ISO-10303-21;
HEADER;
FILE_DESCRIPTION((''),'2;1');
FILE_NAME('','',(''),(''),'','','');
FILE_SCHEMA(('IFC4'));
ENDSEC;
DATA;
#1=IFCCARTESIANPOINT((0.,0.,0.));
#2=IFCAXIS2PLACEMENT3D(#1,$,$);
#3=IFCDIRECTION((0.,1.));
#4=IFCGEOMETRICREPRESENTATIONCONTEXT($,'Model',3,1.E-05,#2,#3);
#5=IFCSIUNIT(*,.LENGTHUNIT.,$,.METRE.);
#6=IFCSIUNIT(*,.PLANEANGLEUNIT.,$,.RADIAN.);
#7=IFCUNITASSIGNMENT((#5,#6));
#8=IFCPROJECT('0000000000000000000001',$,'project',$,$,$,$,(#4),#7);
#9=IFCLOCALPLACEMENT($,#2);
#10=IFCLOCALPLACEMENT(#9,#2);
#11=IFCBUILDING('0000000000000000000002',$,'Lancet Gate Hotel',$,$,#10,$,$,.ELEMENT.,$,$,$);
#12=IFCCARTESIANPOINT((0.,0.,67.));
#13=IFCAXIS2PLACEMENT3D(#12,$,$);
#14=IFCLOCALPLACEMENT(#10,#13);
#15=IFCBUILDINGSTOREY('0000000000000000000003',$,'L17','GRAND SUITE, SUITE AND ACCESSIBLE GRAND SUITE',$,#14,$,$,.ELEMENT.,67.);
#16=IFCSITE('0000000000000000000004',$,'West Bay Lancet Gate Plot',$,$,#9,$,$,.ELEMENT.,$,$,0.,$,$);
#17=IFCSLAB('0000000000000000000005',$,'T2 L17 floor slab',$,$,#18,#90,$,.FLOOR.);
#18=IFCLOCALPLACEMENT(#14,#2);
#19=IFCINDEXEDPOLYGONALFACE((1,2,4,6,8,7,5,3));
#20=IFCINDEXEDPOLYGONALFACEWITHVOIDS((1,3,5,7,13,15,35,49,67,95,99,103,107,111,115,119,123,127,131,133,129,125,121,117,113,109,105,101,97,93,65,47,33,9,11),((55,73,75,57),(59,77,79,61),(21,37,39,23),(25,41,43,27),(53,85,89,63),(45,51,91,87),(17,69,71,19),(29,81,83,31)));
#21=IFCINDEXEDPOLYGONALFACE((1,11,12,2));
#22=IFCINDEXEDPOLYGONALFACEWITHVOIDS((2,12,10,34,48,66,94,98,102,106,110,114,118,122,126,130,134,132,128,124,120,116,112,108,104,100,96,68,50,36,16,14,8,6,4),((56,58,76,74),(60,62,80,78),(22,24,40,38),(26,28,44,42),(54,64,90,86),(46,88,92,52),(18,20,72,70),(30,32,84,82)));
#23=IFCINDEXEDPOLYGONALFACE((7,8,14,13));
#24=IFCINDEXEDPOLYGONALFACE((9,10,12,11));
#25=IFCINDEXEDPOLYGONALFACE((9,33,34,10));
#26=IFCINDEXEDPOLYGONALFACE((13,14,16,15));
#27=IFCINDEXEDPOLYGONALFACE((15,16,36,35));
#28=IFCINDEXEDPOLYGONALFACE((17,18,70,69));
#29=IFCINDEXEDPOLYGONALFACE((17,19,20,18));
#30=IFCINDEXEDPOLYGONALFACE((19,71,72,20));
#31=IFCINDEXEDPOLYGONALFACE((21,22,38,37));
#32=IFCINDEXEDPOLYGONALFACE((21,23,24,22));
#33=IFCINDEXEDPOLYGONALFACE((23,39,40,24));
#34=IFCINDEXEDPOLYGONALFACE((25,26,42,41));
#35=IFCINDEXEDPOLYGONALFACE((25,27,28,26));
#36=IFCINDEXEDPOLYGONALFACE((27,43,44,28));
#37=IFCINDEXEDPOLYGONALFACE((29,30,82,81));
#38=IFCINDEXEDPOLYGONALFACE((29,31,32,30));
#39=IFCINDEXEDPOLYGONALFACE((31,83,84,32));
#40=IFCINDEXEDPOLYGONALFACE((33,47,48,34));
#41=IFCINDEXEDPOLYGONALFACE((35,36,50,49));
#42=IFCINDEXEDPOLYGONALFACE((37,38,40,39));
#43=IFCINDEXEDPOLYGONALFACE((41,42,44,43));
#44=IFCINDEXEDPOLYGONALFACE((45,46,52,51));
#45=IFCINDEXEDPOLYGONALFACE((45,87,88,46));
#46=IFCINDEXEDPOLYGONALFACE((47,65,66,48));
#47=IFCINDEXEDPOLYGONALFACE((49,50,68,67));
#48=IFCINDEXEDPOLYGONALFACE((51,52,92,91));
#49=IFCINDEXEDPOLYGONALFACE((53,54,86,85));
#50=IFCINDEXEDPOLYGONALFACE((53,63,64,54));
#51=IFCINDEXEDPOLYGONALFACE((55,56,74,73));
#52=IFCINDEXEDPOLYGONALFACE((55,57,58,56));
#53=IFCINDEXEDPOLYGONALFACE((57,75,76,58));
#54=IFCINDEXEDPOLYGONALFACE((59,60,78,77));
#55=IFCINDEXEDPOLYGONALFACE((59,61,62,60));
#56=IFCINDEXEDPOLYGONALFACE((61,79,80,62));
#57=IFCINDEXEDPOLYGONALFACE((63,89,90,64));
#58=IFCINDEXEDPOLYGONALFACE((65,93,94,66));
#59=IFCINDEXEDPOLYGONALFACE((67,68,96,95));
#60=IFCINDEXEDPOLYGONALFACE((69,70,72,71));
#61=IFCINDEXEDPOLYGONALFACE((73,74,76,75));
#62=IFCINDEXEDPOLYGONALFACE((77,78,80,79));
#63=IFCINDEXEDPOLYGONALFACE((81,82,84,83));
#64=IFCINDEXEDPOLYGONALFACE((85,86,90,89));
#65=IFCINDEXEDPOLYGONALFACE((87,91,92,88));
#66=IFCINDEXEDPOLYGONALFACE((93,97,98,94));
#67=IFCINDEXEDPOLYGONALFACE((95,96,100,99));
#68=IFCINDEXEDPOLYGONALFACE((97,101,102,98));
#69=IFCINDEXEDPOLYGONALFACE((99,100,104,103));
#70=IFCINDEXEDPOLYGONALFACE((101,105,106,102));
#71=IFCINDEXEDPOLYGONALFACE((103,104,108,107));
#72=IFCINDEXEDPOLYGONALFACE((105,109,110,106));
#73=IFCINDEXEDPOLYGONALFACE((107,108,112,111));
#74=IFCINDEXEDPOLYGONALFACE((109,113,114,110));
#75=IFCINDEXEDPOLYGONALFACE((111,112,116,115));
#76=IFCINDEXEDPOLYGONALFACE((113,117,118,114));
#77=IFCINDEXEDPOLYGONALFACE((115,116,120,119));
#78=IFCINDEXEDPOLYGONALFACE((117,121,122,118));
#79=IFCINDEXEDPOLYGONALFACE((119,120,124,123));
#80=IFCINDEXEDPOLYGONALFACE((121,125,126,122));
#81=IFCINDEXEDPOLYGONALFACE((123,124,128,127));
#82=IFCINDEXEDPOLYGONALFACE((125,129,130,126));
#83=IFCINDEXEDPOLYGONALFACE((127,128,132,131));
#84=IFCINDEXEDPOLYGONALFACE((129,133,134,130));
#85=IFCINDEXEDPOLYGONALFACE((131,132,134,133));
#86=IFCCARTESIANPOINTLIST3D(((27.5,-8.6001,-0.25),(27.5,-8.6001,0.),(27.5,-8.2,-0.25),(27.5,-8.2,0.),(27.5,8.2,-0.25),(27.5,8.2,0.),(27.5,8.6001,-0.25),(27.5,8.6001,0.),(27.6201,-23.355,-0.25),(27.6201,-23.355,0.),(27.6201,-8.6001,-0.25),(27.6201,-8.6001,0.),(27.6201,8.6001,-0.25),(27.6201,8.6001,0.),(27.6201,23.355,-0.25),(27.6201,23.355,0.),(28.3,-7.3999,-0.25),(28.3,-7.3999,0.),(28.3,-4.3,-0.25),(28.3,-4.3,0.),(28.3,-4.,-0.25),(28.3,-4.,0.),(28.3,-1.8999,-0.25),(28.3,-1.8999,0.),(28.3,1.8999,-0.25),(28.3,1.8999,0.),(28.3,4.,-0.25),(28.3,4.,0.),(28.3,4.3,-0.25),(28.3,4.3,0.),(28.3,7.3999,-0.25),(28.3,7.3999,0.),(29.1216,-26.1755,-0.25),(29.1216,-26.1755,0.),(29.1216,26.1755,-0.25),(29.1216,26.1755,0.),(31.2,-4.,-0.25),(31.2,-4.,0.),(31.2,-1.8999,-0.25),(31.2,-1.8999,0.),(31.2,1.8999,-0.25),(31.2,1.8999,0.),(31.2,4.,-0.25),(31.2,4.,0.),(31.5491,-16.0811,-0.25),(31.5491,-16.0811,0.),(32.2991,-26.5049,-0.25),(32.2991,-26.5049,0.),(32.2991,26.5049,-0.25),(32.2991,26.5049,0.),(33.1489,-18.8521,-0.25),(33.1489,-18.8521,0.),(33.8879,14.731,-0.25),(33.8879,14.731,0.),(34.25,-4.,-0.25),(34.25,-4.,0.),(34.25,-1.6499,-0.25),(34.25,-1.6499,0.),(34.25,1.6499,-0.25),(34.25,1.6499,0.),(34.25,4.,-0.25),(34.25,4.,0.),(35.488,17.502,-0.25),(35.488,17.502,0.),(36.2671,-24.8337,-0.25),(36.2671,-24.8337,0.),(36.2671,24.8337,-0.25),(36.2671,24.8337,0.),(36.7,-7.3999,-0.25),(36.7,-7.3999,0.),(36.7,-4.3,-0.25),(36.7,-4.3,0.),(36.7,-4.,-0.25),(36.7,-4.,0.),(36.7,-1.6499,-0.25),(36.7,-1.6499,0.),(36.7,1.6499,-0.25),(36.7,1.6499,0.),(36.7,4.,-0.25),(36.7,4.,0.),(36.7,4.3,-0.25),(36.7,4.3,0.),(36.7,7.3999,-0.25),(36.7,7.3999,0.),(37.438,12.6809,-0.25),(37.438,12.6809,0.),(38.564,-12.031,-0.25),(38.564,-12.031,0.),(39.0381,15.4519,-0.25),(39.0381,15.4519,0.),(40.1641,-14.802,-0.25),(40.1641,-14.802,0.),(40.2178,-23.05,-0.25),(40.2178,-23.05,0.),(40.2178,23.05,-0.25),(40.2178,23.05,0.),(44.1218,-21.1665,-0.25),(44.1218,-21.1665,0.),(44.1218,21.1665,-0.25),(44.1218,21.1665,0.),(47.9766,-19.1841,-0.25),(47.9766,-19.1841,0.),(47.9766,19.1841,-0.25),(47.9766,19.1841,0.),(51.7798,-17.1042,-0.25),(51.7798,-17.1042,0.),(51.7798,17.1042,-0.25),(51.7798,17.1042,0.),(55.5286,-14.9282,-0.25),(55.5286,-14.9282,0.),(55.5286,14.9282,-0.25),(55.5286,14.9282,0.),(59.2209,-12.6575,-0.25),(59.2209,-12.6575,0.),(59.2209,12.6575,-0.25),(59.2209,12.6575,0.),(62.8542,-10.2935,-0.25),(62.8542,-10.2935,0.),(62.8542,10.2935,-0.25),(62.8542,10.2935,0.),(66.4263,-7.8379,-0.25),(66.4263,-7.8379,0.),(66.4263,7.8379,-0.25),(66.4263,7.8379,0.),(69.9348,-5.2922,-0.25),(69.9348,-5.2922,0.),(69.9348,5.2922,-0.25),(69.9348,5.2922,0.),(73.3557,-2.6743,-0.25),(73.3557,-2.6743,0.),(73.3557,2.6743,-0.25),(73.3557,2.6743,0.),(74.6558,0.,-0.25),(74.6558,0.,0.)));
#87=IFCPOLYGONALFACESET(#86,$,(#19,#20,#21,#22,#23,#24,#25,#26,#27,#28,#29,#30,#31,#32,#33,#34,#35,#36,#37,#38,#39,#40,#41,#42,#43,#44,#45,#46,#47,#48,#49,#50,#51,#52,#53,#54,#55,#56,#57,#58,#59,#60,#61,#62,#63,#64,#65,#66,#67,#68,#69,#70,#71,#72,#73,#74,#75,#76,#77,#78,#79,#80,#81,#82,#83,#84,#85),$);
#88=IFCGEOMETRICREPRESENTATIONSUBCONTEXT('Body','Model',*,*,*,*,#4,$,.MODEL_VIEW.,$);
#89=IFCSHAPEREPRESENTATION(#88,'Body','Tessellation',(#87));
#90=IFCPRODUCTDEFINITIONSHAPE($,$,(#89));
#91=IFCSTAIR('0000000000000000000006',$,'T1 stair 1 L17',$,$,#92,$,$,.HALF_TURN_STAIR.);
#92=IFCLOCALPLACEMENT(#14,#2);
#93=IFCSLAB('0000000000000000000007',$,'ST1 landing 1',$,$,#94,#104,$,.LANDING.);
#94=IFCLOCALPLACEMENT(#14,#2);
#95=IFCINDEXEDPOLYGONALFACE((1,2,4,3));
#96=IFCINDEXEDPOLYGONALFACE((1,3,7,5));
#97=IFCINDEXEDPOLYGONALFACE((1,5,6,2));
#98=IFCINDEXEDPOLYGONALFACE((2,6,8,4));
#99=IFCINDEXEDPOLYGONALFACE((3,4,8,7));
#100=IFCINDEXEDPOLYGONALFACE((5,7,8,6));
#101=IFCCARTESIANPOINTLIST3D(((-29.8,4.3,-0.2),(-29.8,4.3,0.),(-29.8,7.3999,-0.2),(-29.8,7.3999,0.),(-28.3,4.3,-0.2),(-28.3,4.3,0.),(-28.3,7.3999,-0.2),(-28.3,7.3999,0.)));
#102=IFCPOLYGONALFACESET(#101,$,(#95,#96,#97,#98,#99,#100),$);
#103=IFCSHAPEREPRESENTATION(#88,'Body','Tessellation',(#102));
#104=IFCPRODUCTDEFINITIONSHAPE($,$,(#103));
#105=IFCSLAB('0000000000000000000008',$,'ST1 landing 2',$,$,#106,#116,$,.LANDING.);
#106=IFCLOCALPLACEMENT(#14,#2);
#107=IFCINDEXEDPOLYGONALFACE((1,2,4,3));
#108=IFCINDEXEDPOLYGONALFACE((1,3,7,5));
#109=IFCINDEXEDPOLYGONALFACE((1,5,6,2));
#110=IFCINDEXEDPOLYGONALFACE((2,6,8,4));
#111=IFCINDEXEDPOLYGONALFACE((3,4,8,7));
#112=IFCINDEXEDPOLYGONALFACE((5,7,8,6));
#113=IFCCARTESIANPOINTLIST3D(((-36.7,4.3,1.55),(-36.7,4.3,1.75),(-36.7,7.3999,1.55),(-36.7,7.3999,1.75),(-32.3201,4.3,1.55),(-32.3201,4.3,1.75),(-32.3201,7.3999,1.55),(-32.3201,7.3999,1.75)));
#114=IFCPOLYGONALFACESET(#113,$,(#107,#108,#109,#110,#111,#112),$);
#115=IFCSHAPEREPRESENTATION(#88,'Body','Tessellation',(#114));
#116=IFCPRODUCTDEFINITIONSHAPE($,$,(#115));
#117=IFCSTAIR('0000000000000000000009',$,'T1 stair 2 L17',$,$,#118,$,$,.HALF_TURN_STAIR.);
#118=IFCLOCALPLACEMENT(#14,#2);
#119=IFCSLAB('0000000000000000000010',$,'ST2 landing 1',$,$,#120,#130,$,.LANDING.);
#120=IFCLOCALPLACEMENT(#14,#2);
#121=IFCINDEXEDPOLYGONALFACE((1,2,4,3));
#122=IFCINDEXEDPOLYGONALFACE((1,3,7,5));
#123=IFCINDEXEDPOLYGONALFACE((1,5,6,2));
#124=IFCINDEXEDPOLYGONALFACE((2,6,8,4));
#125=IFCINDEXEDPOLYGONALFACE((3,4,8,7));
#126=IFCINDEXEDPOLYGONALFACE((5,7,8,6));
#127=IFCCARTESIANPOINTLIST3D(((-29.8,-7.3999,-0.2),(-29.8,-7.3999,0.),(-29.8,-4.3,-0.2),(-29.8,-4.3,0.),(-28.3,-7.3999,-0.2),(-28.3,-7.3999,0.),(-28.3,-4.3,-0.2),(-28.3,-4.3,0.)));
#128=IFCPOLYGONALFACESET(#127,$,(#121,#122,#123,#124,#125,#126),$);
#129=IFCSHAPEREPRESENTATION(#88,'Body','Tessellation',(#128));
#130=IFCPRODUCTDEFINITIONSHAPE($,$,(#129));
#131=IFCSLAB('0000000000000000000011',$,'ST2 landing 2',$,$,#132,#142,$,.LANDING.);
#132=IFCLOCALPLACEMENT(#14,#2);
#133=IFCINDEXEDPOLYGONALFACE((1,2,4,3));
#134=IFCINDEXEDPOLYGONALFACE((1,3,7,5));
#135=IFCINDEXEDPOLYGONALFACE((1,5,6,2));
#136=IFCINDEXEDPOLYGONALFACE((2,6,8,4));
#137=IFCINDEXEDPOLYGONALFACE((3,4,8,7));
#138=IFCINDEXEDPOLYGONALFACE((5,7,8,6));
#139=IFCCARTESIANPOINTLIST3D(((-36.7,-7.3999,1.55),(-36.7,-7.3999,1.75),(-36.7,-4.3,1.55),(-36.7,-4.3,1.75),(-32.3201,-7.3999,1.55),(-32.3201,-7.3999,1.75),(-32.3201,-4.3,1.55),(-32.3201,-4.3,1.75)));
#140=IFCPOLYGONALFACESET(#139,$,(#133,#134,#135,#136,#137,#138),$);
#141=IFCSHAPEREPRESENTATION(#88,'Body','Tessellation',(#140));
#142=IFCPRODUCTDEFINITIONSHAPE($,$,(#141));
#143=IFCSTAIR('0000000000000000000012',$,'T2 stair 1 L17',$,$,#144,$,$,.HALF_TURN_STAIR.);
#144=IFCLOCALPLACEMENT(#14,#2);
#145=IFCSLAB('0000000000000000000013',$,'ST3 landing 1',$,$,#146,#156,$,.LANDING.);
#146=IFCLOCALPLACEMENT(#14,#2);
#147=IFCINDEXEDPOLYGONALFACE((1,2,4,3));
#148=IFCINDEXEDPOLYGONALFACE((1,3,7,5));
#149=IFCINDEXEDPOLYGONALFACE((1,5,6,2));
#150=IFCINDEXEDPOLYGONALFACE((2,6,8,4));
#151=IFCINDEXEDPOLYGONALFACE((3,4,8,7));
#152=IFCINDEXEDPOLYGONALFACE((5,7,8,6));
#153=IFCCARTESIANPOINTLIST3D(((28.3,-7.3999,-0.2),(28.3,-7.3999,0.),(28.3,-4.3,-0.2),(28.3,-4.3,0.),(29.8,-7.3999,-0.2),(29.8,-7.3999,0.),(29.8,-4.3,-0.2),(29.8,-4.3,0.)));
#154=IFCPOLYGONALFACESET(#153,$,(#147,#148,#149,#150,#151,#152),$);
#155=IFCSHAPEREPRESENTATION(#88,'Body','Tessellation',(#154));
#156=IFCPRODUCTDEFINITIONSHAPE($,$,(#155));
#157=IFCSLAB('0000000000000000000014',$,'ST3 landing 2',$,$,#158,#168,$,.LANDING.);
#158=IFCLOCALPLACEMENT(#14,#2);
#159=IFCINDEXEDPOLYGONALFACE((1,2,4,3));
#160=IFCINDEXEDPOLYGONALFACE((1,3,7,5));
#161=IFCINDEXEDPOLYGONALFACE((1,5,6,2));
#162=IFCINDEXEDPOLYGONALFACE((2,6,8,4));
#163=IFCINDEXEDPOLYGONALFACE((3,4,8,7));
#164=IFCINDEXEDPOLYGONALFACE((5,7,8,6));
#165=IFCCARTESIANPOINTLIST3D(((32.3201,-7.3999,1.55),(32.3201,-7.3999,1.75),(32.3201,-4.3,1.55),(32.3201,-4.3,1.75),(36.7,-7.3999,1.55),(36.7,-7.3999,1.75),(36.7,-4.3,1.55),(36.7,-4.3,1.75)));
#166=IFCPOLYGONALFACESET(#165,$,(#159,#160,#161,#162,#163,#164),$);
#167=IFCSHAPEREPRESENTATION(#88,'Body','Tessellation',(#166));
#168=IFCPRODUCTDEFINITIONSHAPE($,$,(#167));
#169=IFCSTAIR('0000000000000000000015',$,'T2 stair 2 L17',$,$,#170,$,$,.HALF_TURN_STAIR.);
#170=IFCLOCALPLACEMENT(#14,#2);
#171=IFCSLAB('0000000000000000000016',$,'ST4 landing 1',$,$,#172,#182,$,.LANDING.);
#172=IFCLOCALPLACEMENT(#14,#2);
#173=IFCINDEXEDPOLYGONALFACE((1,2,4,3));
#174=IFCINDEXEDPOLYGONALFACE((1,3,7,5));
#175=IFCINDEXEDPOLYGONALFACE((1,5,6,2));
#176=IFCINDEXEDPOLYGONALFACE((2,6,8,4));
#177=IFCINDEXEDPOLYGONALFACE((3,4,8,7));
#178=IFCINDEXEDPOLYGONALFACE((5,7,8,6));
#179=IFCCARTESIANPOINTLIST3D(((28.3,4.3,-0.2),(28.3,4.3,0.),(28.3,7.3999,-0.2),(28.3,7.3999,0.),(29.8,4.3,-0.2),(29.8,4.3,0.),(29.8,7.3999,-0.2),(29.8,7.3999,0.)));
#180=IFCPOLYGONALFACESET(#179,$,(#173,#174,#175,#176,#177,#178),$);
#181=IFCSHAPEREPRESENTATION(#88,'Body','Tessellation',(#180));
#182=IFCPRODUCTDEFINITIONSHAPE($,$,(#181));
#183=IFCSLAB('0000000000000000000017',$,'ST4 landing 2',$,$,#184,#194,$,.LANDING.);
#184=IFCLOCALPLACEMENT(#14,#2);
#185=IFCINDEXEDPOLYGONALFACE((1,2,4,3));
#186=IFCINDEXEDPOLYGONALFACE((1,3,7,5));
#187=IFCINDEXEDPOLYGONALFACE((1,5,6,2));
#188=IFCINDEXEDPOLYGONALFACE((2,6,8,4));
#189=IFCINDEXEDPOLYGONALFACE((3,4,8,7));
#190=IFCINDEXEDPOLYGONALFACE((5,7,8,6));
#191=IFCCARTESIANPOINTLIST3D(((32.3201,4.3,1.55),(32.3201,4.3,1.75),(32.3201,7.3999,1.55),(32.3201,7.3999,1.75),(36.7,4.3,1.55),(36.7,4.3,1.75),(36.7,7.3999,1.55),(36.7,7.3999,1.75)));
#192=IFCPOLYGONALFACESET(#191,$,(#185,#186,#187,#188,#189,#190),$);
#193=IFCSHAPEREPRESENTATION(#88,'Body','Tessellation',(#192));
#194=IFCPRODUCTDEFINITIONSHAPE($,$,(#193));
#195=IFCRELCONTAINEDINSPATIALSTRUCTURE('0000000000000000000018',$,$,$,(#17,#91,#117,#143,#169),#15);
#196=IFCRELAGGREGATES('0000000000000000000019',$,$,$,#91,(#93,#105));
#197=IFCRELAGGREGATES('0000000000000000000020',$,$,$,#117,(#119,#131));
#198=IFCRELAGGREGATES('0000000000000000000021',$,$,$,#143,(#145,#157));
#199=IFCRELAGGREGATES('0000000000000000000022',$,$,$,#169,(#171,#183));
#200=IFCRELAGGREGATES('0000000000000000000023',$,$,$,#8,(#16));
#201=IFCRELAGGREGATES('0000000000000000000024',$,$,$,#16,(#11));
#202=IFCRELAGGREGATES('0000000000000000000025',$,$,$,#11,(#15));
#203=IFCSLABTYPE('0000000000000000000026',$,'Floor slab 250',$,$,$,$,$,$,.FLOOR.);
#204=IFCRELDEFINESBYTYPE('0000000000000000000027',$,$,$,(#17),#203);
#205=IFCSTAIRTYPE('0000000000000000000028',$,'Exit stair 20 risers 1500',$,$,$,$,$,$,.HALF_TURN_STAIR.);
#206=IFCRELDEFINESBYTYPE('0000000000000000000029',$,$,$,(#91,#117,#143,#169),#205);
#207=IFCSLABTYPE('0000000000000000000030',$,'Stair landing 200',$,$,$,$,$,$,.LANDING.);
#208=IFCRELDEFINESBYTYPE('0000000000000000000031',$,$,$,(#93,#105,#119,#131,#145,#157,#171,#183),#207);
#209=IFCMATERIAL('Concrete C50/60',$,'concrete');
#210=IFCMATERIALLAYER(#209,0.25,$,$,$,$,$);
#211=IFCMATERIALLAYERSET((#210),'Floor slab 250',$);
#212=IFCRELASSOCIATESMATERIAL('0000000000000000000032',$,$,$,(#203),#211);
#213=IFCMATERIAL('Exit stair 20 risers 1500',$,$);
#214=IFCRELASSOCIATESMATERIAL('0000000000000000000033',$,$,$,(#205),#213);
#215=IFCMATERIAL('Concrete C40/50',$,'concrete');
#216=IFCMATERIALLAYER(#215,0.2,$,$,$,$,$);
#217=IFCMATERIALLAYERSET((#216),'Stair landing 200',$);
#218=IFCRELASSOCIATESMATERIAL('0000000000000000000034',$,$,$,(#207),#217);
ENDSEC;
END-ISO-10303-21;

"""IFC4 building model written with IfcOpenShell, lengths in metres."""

from ifc_helpers import new_model, si_unit, direction, frame, origin, place, context, subcontext, project, spatial, polyline, outline, extrude, material, layer, layer_set, type_object, element, aggregate, save


model = new_model("IFC4")

# Units and contexts
model_context = context("Model", 3, precision=1e-05, world=origin(), true_north=direction((0.0, 1.0)))
body_context = subcontext(model_context, "Body", "Model", "MODEL_VIEW")
ifc_project = project(units=[si_unit("LENGTHUNIT", "METRE"), si_unit("PLANEANGLEUNIT", "RADIAN")], contexts=[model_context])

# Site, building, storey
site_placement = place(None, origin())
site = spatial("IfcSite", under=ifc_project, at=site_placement, Name="West Bay Lancet Gate Plot", CompositionType="ELEMENT", RefElevation=0.0)
building_placement = place(site_placement, origin())
building = spatial("IfcBuilding", under=site, at=building_placement, Name="Lancet Gate Hotel", CompositionType="ELEMENT")
storey_placement = place(building_placement, frame((0.0, 0.0, 67.0)))
storey = spatial("IfcBuildingStorey", under=building, at=storey_placement, Name="L17", Description="GRAND SUITE, SUITE AND ACCESSIBLE GRAND SUITE", CompositionType="ELEMENT", Elevation=67.0)

# Slab
ifc_material_1 = material(Name="Concrete C50/60", Category="concrete")
ifc_layer_1 = layer(ifc_material_1, 0.25)
ifc_layer_set_1 = layer_set([ifc_layer_1], Name="Floor slab 250")
slab_type_1 = type_object("IfcSlabType", Name="Floor slab 250", PredefinedType="FLOOR", material=ifc_layer_set_1)
slab_1_placement = place(storey_placement, frame((0.0, 0.0, -0.25)))
element("IfcSlab", 1, at=slab_1_placement, inside=storey, type_object=slab_type_1, Name="T2 L17 floor slab", PredefinedType="FLOOR", context=body_context, shape_type="SweptSolid", body=[
    extrude(outline(polyline([(27.5, -8.6001), (27.6201, -8.6001), (27.6201, -23.355), (29.1216, -26.1755), (32.2991, -26.5049), (36.2671, -24.8337), (40.2178, -23.05), (44.1218, -21.1665), (47.9766, -19.1841), (51.7798, -17.1042), (55.5286, -14.9282), (59.2209, -12.6575), (62.8542, -10.2935), (66.4263, -7.8379), (69.9348, -5.2922), (73.3557, -2.6743), (74.6558, 0.0), (73.3557, 2.6743), (69.9348, 5.2922), (66.4263, 7.8379), (62.8542, 10.2935), (59.2209, 12.6575), (55.5286, 14.9282), (51.7798, 17.1042), (47.9766, 19.1841), (44.1218, 21.1665), (40.2178, 23.05), (36.2671, 24.8337), (32.2991, 26.5049), (29.1216, 26.1755), (27.6201, 23.355), (27.6201, 8.6001), (27.5, 8.6001), (27.5, 8.2), (27.5, -8.2), (27.5, -8.6001)]), holes=[polyline([(36.7, -7.3999), (36.7, -4.3), (28.3, -4.3), (28.3, -7.3999), (36.7, -7.3999)]), polyline([(28.3, -4.0), (31.2, -4.0), (31.2, -1.8999), (28.3, -1.8999), (28.3, -4.0)]), polyline([(34.25, -4.0), (36.7, -4.0), (36.7, -1.6499), (34.25, -1.6499), (34.25, -4.0)]), polyline([(36.7, 1.6499), (36.7, 4.0), (34.25, 4.0), (34.25, 1.6499), (36.7, 1.6499)]), polyline([(28.3, 1.8999), (31.2, 1.8999), (31.2, 4.0), (28.3, 4.0), (28.3, 1.8999)]), polyline([(28.3, 4.3), (36.7, 4.3), (36.7, 7.3999), (28.3, 7.3999), (28.3, 4.3)]), polyline([(31.5491, -16.0811), (33.1489, -18.8521), (40.1641, -14.802), (38.564, -12.031), (31.5491, -16.0811)]), polyline([(33.8879, 14.731), (37.438, 12.6809), (39.0381, 15.4519), (35.488, 17.502), (33.8879, 14.731)])]), origin(), (0.0, 0.0, 1.0), 0.25),
])

# Stairs, slabs
ifc_material_2 = material(Name="Exit stair 20 risers 1500")
stair_type = type_object("IfcStairType", Name="Exit stair 20 risers 1500", PredefinedType="HALF_TURN_STAIR", material=ifc_material_2)
stair_1_placement = place(storey_placement, origin())
stair_1 = element("IfcStair", 2, at=stair_1_placement, inside=storey, type_object=stair_type, Name="T1 stair 1 L17", PredefinedType="HALF_TURN_STAIR")
ifc_material_3 = material(Name="Concrete C40/50", Category="concrete")
ifc_layer_2 = layer(ifc_material_3, 0.2)
ifc_layer_set_2 = layer_set([ifc_layer_2], Name="Stair landing 200")
slab_type_2 = type_object("IfcSlabType", Name="Stair landing 200", PredefinedType="LANDING", material=ifc_layer_set_2)
slab_2_placement = place(storey_placement, frame((0.0, 0.0, -0.2)))
slab_2 = element("IfcSlab", 3, at=slab_2_placement, type_object=slab_type_2, Name="ST1 landing 1", PredefinedType="LANDING", context=body_context, shape_type="SweptSolid", body=[
    extrude(outline(polyline([(-28.3, 7.3999), (-29.8, 7.3999), (-29.8, 4.3), (-28.3, 4.3), (-28.3, 7.3999)])), origin(), (0.0, 0.0, 1.0), 0.2),
])
slab_3_placement = place(storey_placement, frame((0.0, 0.0, 1.55)))
slab_3 = element("IfcSlab", 4, at=slab_3_placement, type_object=slab_type_2, Name="ST1 landing 2", PredefinedType="LANDING", context=body_context, shape_type="SweptSolid", body=[
    extrude(outline(polyline([(-32.3201, 7.3999), (-36.7, 7.3999), (-36.7, 4.3), (-32.3201, 4.3), (-32.3201, 7.3999)])), origin(), (0.0, 0.0, 1.0), 0.2),
])
aggregate(stair_1, [slab_2, slab_3])
stair_2_placement = place(storey_placement, origin())
stair_2 = element("IfcStair", 5, at=stair_2_placement, inside=storey, type_object=stair_type, Name="T1 stair 2 L17", PredefinedType="HALF_TURN_STAIR")
slab_4_placement = place(storey_placement, frame((0.0, 0.0, -0.2)))
slab_4 = element("IfcSlab", 6, at=slab_4_placement, type_object=slab_type_2, Name="ST2 landing 1", PredefinedType="LANDING", context=body_context, shape_type="SweptSolid", body=[
    extrude(outline(polyline([(-28.3, -4.3), (-29.8, -4.3), (-29.8, -7.3999), (-28.3, -7.3999), (-28.3, -4.3)])), origin(), (0.0, 0.0, 1.0), 0.2),
])
slab_5_placement = place(storey_placement, frame((0.0, 0.0, 1.55)))
slab_5 = element("IfcSlab", 7, at=slab_5_placement, type_object=slab_type_2, Name="ST2 landing 2", PredefinedType="LANDING", context=body_context, shape_type="SweptSolid", body=[
    extrude(outline(polyline([(-32.3201, -4.3), (-36.7, -4.3), (-36.7, -7.3999), (-32.3201, -7.3999), (-32.3201, -4.3)])), origin(), (0.0, 0.0, 1.0), 0.2),
])
aggregate(stair_2, [slab_4, slab_5])
stair_3_placement = place(storey_placement, origin())
stair_3 = element("IfcStair", 8, at=stair_3_placement, inside=storey, type_object=stair_type, Name="T2 stair 1 L17", PredefinedType="HALF_TURN_STAIR")
slab_6_placement = place(storey_placement, frame((0.0, 0.0, -0.2)))
slab_6 = element("IfcSlab", 9, at=slab_6_placement, type_object=slab_type_2, Name="ST3 landing 1", PredefinedType="LANDING", context=body_context, shape_type="SweptSolid", body=[
    extrude(outline(polyline([(28.3, -7.3999), (29.8, -7.3999), (29.8, -4.3), (28.3, -4.3), (28.3, -7.3999)])), origin(), (0.0, 0.0, 1.0), 0.2),
])
slab_7_placement = place(storey_placement, frame((0.0, 0.0, 1.55)))
slab_7 = element("IfcSlab", 10, at=slab_7_placement, type_object=slab_type_2, Name="ST3 landing 2", PredefinedType="LANDING", context=body_context, shape_type="SweptSolid", body=[
    extrude(outline(polyline([(32.3201, -7.3999), (36.7, -7.3999), (36.7, -4.3), (32.3201, -4.3), (32.3201, -7.3999)])), origin(), (0.0, 0.0, 1.0), 0.2),
])
aggregate(stair_3, [slab_6, slab_7])
stair_4_placement = place(storey_placement, origin())
stair_4 = element("IfcStair", 11, at=stair_4_placement, inside=storey, type_object=stair_type, Name="T2 stair 2 L17", PredefinedType="HALF_TURN_STAIR")
slab_8_placement = place(storey_placement, frame((0.0, 0.0, -0.2)))
slab_8 = element("IfcSlab", 12, at=slab_8_placement, type_object=slab_type_2, Name="ST4 landing 1", PredefinedType="LANDING", context=body_context, shape_type="SweptSolid", body=[
    extrude(outline(polyline([(28.3, 4.3), (29.8, 4.3), (29.8, 7.3999), (28.3, 7.3999), (28.3, 4.3)])), origin(), (0.0, 0.0, 1.0), 0.2),
])
slab_9_placement = place(storey_placement, frame((0.0, 0.0, 1.55)))
slab_9 = element("IfcSlab", 13, at=slab_9_placement, type_object=slab_type_2, Name="ST4 landing 2", PredefinedType="LANDING", context=body_context, shape_type="SweptSolid", body=[
    extrude(outline(polyline([(32.3201, 4.3), (36.7, 4.3), (36.7, 7.3999), (32.3201, 7.3999), (32.3201, 4.3)])), origin(), (0.0, 0.0, 1.0), 0.2),
])
aggregate(stair_4, [slab_8, slab_9])

save(model, "model.ifc")
